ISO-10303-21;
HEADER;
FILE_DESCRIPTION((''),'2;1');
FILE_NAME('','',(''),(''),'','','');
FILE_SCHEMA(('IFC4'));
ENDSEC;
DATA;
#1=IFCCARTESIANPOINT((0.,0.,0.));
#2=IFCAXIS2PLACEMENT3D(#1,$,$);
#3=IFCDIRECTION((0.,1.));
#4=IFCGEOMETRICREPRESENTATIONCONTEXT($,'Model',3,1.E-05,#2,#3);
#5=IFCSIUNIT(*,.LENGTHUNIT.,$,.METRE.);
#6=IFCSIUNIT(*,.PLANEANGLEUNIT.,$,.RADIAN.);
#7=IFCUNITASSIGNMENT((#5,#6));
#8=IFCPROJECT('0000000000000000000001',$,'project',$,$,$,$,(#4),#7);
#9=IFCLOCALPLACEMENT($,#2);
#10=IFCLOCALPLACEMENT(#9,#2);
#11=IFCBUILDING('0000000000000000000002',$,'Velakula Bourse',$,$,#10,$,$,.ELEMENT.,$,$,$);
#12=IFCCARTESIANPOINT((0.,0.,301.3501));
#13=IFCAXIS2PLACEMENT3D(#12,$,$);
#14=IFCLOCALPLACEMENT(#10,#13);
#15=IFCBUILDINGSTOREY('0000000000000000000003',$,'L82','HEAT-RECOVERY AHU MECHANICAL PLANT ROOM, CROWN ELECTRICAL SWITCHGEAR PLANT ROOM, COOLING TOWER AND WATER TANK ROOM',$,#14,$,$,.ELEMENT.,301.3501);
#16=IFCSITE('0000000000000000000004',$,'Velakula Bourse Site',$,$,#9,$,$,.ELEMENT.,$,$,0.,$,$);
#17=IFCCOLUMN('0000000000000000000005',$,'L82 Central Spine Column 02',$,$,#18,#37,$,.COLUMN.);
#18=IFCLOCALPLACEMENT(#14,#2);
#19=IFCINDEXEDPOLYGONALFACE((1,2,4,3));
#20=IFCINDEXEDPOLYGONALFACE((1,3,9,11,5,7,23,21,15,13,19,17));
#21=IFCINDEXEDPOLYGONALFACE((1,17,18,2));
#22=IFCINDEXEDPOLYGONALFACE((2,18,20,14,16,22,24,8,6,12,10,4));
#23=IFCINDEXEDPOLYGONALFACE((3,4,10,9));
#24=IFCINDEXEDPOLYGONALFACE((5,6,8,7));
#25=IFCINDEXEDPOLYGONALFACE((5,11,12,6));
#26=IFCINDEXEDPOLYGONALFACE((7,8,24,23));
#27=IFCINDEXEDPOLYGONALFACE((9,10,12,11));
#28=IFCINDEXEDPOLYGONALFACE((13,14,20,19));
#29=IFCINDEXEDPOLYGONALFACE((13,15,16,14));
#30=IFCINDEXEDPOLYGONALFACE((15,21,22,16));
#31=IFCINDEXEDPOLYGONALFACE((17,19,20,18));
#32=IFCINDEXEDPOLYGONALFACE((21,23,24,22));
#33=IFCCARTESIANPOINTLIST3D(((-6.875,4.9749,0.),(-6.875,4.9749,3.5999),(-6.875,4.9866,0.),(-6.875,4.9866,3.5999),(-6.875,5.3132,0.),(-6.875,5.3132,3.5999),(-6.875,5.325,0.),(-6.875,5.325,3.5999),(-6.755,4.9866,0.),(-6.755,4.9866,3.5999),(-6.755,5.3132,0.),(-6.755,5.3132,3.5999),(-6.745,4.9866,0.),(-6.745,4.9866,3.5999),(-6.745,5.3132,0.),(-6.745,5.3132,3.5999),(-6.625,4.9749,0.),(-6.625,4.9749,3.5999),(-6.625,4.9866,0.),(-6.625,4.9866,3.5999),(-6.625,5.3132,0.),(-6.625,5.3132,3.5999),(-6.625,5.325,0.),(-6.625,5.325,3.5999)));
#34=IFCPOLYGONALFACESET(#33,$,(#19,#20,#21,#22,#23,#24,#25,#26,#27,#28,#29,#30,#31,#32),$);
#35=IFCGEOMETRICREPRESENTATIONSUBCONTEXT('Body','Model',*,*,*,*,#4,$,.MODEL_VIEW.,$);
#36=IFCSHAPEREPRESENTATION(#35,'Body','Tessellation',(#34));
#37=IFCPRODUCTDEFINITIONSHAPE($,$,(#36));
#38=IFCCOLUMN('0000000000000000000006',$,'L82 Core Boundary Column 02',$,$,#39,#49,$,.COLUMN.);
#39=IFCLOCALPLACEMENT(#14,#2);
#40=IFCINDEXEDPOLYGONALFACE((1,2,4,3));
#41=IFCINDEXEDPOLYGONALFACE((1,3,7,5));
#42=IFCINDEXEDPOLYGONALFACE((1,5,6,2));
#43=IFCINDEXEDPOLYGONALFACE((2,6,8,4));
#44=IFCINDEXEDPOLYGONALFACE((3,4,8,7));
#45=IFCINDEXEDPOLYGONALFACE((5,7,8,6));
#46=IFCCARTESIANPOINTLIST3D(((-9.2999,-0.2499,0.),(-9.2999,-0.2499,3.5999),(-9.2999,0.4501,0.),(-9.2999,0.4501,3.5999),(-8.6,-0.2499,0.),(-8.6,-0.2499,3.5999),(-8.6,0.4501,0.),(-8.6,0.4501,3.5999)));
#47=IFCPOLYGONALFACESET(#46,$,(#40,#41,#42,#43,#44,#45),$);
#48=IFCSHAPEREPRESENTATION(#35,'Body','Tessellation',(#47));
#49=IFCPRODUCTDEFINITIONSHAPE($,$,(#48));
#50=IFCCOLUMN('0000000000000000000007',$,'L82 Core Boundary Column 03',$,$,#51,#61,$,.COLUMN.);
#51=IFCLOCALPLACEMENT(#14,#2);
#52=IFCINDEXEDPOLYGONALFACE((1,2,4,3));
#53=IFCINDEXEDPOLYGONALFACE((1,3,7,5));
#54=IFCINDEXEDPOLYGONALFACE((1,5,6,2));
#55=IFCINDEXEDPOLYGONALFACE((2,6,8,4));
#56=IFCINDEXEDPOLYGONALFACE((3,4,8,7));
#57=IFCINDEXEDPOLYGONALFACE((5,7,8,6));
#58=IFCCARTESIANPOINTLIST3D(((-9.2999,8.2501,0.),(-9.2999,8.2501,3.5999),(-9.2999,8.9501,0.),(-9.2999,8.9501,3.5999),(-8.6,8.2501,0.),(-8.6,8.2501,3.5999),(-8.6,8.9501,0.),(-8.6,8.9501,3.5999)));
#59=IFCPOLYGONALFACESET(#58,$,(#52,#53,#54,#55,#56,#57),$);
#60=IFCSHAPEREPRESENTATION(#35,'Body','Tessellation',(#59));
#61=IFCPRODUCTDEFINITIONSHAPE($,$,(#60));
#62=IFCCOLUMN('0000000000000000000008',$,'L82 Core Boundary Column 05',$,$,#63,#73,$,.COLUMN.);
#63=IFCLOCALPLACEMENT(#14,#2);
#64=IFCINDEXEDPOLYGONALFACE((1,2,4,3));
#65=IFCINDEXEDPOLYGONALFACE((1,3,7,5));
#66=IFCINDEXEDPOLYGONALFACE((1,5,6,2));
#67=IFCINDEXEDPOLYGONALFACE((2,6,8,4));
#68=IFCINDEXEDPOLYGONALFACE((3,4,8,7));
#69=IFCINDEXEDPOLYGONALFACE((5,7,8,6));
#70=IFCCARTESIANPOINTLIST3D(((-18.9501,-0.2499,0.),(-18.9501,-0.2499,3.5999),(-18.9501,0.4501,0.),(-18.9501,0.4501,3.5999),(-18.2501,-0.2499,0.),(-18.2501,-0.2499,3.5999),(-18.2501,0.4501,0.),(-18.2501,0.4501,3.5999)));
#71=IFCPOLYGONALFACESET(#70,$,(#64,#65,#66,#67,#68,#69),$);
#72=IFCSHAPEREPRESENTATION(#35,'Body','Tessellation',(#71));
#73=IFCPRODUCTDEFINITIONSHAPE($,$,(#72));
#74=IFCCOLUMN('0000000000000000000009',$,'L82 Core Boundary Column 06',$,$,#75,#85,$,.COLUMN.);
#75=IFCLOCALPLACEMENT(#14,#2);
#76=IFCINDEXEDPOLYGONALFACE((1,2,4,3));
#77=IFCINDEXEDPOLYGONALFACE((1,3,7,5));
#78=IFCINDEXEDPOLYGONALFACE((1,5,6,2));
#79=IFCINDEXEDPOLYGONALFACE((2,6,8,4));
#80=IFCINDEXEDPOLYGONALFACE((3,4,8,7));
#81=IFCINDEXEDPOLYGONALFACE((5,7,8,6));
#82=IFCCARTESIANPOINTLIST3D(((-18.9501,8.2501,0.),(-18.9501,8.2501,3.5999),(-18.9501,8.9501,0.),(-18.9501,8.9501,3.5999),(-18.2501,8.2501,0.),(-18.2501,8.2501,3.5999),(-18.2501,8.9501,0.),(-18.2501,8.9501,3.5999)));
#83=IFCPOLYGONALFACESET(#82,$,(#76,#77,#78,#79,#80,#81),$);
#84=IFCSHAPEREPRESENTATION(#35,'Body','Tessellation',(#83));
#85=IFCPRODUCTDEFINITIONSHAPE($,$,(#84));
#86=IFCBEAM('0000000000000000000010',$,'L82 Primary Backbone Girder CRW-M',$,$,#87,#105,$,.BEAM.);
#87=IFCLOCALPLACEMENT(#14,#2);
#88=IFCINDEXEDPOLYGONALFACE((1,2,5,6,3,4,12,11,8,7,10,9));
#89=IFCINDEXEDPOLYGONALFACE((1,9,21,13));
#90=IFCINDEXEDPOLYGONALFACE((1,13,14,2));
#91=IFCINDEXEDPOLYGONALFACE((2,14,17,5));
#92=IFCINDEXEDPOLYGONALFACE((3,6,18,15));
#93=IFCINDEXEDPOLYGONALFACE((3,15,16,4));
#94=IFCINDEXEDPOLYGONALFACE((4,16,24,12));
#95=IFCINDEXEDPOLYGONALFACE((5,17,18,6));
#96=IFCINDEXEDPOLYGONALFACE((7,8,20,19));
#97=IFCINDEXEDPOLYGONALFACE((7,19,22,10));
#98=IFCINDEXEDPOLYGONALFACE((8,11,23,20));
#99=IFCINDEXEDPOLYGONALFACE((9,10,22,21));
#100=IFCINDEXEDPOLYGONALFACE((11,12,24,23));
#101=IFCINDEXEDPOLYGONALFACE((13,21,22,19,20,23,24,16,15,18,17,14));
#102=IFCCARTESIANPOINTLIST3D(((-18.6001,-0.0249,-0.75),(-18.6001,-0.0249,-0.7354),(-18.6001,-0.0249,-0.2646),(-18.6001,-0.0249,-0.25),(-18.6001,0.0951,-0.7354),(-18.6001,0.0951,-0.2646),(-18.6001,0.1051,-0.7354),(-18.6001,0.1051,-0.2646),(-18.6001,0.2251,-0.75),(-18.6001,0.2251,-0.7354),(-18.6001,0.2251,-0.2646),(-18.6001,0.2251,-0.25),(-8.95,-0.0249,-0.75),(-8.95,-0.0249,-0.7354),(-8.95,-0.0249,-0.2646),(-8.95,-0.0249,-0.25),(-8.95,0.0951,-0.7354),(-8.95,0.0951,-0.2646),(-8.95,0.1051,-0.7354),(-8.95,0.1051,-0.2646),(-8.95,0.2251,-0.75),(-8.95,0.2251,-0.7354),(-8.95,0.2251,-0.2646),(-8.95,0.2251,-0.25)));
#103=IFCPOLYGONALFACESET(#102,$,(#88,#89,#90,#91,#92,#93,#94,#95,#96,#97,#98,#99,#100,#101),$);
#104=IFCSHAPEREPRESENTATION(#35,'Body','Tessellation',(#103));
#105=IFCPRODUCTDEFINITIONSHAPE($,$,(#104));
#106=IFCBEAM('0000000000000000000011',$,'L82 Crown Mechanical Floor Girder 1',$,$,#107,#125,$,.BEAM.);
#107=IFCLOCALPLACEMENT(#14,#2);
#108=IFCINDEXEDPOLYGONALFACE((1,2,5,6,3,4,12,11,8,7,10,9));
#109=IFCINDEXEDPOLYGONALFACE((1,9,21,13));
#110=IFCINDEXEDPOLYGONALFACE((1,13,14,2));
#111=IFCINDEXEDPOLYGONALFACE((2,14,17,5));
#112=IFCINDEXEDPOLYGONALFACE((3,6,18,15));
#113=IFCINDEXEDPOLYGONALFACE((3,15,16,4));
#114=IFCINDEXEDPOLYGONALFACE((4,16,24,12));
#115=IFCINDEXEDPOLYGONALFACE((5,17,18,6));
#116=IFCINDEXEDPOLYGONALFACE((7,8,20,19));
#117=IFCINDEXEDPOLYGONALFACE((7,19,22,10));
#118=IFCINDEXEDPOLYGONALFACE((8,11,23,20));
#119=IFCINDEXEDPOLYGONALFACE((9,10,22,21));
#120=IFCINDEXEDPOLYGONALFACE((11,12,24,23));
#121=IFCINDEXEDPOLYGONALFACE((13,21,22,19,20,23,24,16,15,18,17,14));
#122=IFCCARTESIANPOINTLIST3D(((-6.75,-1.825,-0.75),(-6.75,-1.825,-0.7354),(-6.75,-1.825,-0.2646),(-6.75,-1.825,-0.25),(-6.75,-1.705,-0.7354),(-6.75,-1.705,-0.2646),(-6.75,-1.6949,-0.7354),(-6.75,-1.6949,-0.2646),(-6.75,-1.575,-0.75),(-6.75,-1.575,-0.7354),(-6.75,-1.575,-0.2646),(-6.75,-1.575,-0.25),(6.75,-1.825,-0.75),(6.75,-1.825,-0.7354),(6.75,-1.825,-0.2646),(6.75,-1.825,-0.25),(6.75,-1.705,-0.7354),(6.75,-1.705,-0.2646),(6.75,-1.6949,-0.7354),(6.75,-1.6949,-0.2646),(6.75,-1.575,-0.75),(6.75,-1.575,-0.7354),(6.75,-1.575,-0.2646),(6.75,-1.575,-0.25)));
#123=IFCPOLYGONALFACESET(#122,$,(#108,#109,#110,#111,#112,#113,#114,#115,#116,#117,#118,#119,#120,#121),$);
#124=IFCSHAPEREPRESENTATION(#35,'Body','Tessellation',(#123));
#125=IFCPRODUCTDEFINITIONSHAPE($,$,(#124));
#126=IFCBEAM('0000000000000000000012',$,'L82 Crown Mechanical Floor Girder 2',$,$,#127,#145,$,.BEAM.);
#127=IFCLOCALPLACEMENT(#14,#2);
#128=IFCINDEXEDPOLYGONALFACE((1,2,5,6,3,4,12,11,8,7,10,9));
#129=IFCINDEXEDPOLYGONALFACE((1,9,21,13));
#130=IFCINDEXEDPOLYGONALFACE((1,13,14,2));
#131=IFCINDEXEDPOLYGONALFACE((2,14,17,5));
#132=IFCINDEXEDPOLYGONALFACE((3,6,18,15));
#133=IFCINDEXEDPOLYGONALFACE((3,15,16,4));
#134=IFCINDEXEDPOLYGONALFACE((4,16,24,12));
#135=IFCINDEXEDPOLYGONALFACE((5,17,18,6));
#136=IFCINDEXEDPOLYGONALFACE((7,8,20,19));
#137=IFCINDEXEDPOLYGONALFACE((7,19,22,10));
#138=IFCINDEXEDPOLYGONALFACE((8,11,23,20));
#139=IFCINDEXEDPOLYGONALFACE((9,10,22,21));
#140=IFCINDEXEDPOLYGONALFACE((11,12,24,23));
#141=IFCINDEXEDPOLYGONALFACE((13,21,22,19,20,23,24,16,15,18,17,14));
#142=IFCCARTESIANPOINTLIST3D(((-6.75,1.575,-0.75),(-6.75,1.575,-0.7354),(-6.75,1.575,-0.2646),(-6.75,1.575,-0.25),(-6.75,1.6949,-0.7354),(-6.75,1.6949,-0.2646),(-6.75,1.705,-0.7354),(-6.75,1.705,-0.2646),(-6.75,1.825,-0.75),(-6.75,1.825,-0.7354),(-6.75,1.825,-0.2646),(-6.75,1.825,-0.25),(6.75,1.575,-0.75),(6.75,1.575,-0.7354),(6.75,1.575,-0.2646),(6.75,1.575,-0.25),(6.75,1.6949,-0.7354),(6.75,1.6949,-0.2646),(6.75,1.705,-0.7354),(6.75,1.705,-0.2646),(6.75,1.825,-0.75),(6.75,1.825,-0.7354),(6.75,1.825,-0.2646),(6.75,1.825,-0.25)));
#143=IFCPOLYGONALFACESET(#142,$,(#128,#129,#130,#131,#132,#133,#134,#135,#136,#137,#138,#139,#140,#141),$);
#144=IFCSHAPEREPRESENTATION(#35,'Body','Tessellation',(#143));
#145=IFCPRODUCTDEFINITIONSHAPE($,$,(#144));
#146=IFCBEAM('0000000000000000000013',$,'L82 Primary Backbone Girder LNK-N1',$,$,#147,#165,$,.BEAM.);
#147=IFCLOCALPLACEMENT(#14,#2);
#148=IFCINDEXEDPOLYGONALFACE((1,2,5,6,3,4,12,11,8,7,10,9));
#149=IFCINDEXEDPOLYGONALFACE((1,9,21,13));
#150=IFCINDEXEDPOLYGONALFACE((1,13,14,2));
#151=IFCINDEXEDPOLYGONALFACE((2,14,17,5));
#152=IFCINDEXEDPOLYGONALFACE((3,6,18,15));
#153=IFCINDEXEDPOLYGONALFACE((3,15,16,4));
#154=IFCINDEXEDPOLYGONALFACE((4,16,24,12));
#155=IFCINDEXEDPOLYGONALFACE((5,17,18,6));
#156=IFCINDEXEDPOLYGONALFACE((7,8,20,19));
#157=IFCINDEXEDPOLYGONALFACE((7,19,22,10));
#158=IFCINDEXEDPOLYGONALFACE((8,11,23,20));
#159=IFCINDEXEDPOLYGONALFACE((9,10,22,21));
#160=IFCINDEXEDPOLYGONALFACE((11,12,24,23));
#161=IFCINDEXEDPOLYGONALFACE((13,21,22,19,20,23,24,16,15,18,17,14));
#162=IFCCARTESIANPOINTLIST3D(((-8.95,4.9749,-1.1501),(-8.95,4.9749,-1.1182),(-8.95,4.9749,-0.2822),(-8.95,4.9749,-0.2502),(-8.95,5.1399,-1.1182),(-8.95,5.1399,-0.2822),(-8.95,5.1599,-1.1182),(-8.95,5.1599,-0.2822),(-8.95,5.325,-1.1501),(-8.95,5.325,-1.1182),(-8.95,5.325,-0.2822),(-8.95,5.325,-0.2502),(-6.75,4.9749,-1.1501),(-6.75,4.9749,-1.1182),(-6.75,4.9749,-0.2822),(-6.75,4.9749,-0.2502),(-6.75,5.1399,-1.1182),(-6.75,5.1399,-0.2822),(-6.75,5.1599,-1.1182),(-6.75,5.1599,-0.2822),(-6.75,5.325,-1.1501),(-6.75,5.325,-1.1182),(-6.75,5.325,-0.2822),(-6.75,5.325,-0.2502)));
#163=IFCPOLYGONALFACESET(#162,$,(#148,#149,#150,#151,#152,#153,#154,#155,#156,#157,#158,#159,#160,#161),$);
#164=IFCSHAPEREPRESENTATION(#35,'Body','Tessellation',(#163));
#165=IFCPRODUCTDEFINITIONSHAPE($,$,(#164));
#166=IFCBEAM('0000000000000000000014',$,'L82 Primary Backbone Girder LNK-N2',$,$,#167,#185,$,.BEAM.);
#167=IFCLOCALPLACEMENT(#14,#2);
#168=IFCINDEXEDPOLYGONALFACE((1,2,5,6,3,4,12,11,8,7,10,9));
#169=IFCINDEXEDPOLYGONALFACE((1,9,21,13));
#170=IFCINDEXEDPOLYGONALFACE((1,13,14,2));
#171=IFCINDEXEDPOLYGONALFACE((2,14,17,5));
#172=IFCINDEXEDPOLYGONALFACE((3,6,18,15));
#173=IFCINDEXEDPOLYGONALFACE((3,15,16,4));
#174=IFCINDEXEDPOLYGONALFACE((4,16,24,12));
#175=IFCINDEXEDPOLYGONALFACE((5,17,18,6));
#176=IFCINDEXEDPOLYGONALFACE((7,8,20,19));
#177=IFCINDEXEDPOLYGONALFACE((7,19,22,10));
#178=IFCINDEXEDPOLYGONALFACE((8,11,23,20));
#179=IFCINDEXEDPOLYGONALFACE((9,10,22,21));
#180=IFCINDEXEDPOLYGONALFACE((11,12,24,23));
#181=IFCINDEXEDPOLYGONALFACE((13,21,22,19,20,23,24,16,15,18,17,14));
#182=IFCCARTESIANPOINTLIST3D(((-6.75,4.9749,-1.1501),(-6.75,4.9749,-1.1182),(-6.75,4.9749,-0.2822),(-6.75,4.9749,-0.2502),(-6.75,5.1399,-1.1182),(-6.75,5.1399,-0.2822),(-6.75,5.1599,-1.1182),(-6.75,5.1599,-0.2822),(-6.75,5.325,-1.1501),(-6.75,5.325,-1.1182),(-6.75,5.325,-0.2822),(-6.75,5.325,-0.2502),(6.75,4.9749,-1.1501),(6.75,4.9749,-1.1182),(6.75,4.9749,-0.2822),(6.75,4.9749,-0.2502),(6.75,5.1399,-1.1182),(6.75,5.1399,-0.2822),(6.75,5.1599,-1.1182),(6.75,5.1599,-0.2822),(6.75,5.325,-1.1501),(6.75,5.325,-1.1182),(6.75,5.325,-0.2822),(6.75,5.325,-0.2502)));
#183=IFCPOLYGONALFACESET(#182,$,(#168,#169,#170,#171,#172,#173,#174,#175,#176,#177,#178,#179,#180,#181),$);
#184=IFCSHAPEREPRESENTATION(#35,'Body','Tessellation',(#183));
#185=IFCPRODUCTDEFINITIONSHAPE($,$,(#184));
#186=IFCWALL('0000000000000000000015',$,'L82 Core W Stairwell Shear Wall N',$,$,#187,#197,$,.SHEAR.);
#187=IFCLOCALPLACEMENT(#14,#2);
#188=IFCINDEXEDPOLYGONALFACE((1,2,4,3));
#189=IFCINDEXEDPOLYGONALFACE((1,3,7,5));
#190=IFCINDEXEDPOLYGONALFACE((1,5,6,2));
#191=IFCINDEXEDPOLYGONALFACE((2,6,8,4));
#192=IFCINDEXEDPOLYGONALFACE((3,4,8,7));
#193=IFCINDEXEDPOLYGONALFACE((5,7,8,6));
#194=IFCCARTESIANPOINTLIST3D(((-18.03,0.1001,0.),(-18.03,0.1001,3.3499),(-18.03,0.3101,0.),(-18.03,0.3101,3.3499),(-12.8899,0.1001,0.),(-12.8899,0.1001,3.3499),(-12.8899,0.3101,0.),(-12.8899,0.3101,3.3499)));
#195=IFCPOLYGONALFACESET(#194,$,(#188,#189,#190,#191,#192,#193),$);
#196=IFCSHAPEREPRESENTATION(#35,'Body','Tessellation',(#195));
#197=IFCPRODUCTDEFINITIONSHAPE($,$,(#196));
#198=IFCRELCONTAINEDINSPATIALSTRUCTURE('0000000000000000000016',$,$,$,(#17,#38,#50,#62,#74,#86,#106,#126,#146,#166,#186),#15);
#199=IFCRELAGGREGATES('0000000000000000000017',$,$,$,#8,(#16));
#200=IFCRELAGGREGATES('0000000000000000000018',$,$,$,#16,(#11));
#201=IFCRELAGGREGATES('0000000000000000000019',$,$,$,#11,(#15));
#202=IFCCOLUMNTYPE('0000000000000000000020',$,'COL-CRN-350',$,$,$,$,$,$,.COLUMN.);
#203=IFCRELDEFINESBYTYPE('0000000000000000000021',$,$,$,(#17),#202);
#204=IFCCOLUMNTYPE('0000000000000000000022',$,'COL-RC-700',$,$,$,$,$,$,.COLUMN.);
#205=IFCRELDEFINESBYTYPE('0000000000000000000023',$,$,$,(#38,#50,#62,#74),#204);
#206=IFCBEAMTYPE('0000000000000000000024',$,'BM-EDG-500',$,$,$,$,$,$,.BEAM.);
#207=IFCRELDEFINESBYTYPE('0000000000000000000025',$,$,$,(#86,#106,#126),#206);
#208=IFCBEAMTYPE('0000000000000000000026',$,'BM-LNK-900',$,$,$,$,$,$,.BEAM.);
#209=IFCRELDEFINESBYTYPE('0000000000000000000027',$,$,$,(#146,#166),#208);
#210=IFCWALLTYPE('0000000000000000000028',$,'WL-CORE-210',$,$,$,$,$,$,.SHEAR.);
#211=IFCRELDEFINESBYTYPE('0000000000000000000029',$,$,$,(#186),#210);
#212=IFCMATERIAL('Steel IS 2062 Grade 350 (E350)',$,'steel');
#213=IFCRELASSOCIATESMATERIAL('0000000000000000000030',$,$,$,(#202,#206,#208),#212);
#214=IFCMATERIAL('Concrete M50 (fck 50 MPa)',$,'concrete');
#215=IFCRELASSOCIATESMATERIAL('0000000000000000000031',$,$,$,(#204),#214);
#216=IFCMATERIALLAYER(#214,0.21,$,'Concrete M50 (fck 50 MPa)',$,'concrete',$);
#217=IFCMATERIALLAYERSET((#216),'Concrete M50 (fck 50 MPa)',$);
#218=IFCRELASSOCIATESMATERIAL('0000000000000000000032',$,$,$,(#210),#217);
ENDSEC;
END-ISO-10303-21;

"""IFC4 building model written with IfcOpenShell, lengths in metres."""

from ifc_helpers import new_model, si_unit, direction, frame, frame_2d, origin, origin_2d, place, context, subcontext, project, spatial, rectangle, i_section, extrude, material, layer, layer_set, material_profile, profile_set, type_object, element, save


model = new_model("IFC4")

# Units and contexts
model_context = context("Model", 3, precision=1e-05, world=origin(), true_north=direction((0.0, 1.0)))
body_context = subcontext(model_context, "Body", "Model", "MODEL_VIEW")
ifc_project = project(units=[si_unit("LENGTHUNIT", "METRE"), si_unit("PLANEANGLEUNIT", "RADIAN")], contexts=[model_context])

# Site, building, storey
site_placement = place(None, origin())
site = spatial("IfcSite", under=ifc_project, at=site_placement, Name="Velakula Bourse Site", CompositionType="ELEMENT", RefElevation=0.0)
building_placement = place(site_placement, origin())
building = spatial("IfcBuilding", under=site, at=building_placement, Name="Velakula Bourse", CompositionType="ELEMENT")
storey_placement = place(building_placement, frame((0.0, 0.0, 301.3501)))
storey = spatial("IfcBuildingStorey", under=building, at=storey_placement, Name="L82", Description="HEAT-RECOVERY AHU MECHANICAL PLANT ROOM, CROWN ELECTRICAL SWITCHGEAR PLANT ROOM, COOLING TOWER AND WATER TANK ROOM", CompositionType="ELEMENT", Elevation=301.3501)

# Columns
ifc_material_1 = material(Name="Steel IS 2062 Grade 350 (E350)", Category="steel")
ifc_material_profile_1 = material_profile(ifc_material_1, i_section(OverallWidth=0.25, OverallDepth=0.3501, WebThickness=0.01, FlangeThickness=0.0117, at=origin_2d()), Name="Steel IS 2062 Grade 350 (E350)")
ifc_profile_set_1 = profile_set([ifc_material_profile_1], Name="Steel IS 2062 Grade 350 (E350)")
column_type_1 = type_object("IfcColumnType", Name="COL-CRN-350", PredefinedType="COLUMN", material=ifc_profile_set_1)
column_placement = place(storey_placement, frame((-6.75, 5.1499, 0.0), z_axis=(0.0, 0.0, 1.0), x_axis=(1.0, 0.0, 0.0)))
element("IfcColumn", 1, at=column_placement, inside=storey, type_object=column_type_1, Name="L82 Central Spine Column 02", PredefinedType="COLUMN", context=body_context, shape_type="SweptSolid", body=[
    extrude(i_section(OverallWidth=0.25, OverallDepth=0.3501, WebThickness=0.01, FlangeThickness=0.0117, at=origin_2d()), origin(), (0.0, 0.0, 1.0), 3.5999),
])
ifc_material_2 = material(Name="Concrete M50 (fck 50 MPa)", Category="concrete")
ifc_material_profile_2 = material_profile(ifc_material_2, rectangle(XDim=0.7, YDim=0.7, at=origin_2d()), Name="Concrete M50 (fck 50 MPa)")
ifc_profile_set_2 = profile_set([ifc_material_profile_2], Name="Concrete M50 (fck 50 MPa)")
column_type_2 = type_object("IfcColumnType", Name="COL-RC-700", PredefinedType="COLUMN", material=ifc_profile_set_2)
for number, where, z_axis, x_axis, name in (
    (2, (-8.95, 0.1001, 0.0), (0.0, 0.0, 1.0), (1.0, 0.0, 0.0), "L82 Core Boundary Column 02"),
    (3, (-8.95, 8.6001, 0.0), (0.0, 0.0, 1.0), (1.0, 0.0, 0.0), "L82 Core Boundary Column 03"),
    (4, (-18.6001, 0.1001, 0.0), (0.0, 0.0, 1.0), (1.0, 0.0, 0.0), "L82 Core Boundary Column 05"),
    (5, (-18.6001, 8.6001, 0.0), (0.0, 0.0, 1.0), (1.0, 0.0, 0.0), "L82 Core Boundary Column 06"),
):
    element("IfcColumn", number, at=place(storey_placement, frame(where, z_axis=z_axis, x_axis=x_axis)), inside=storey, type_object=column_type_2, Name=name, PredefinedType="COLUMN", context=body_context, shape_type="SweptSolid", body=[
        extrude(rectangle(XDim=0.7, YDim=0.7, at=origin_2d()), origin(), (0.0, 0.0, 1.0), 3.5999),
    ])

# Beams
ifc_material_profile_3 = material_profile(ifc_material_1, i_section(OverallWidth=0.25, OverallDepth=0.5, WebThickness=0.01, FlangeThickness=0.0146, at=origin_2d()), Name="Steel IS 2062 Grade 350 (E350)")
ifc_profile_set_3 = profile_set([ifc_material_profile_3], Name="Steel IS 2062 Grade 350 (E350)")
beam_type_1 = type_object("IfcBeamType", Name="BM-EDG-500", PredefinedType="BEAM", material=ifc_profile_set_3)
beam_1_placement = place(storey_placement, frame((-18.6001, 0.1001, -0.5), z_axis=(1.0, 0.0, 0.0), x_axis=(0.0, 1.0, 0.0)))
element("IfcBeam", 6, at=beam_1_placement, inside=storey, type_object=beam_type_1, Name="L82 Primary Backbone Girder CRW-M", PredefinedType="BEAM", context=body_context, shape_type="SweptSolid", body=[
    extrude(i_section(OverallWidth=0.25, OverallDepth=0.5, WebThickness=0.01, FlangeThickness=0.0146, at=origin_2d()), origin(), (0.0, 0.0, 1.0), 9.6501),
])
for number, where, z_axis, x_axis, name in (
    (7, (-6.75, -1.7, -0.5), (1.0, 0.0, 0.0), (0.0, 1.0, 0.0), "L82 Crown Mechanical Floor Girder 1"),
    (8, (-6.75, 1.7, -0.5), (1.0, 0.0, 0.0), (0.0, 1.0, 0.0), "L82 Crown Mechanical Floor Girder 2"),
):
    element("IfcBeam", number, at=place(storey_placement, frame(where, z_axis=z_axis, x_axis=x_axis)), inside=storey, type_object=beam_type_1, Name=name, PredefinedType="BEAM", context=body_context, shape_type="SweptSolid", body=[
        extrude(i_section(OverallWidth=0.25, OverallDepth=0.5, WebThickness=0.01, FlangeThickness=0.0146, at=origin_2d()), origin(), (0.0, 0.0, 1.0), 13.5),
    ])
ifc_material_profile_4 = material_profile(ifc_material_1, i_section(OverallWidth=0.3501, OverallDepth=0.8999, WebThickness=0.02, FlangeThickness=0.032, at=origin_2d()), Name="Steel IS 2062 Grade 350 (E350)")
ifc_profile_set_4 = profile_set([ifc_material_profile_4], Name="Steel IS 2062 Grade 350 (E350)")
beam_type_2 = type_object("IfcBeamType", Name="BM-LNK-900", PredefinedType="BEAM", material=ifc_profile_set_4)
beam_2_placement = place(storey_placement, frame((-8.95, 5.1499, -0.7002), z_axis=(1.0, 0.0, 0.0), x_axis=(0.0, 1.0, 0.0)))
element("IfcBeam", 9, at=beam_2_placement, inside=storey, type_object=beam_type_2, Name="L82 Primary Backbone Girder LNK-N1", PredefinedType="BEAM", context=body_context, shape_type="SweptSolid", body=[
    extrude(i_section(OverallWidth=0.3501, OverallDepth=0.8999, WebThickness=0.02, FlangeThickness=0.032, at=origin_2d()), origin(), (0.0, 0.0, 1.0), 2.2),
])
beam_3_placement = place(storey_placement, frame((-6.75, 5.1499, -0.7002), z_axis=(1.0, 0.0, 0.0), x_axis=(0.0, 1.0, 0.0)))
element("IfcBeam", 10, at=beam_3_placement, inside=storey, type_object=beam_type_2, Name="L82 Primary Backbone Girder LNK-N2", PredefinedType="BEAM", context=body_context, shape_type="SweptSolid", body=[
    extrude(i_section(OverallWidth=0.3501, OverallDepth=0.8999, WebThickness=0.02, FlangeThickness=0.032, at=origin_2d()), origin(), (0.0, 0.0, 1.0), 13.5),
])

# Wall
ifc_layer_1 = layer(ifc_material_2, 0.21, Name="Concrete M50 (fck 50 MPa)", Category="concrete")
ifc_layer_set_1 = layer_set([ifc_layer_1], Name="Concrete M50 (fck 50 MPa)")
wall_type_1 = type_object("IfcWallType", Name="WL-CORE-210", PredefinedType="SHEAR", material=ifc_layer_set_1)
wall_1_placement = place(storey_placement, frame((-12.8899, 0.2051, 0.0), z_axis=(0.0, 0.0, 1.0), x_axis=(-1.0, 0.0, 0.0)))
element("IfcWall", 11, at=wall_1_placement, inside=storey, type_object=wall_type_1, Name="L82 Core W Stairwell Shear Wall N", PredefinedType="SHEAR", context=body_context, shape_type="SweptSolid", body=[
    extrude(rectangle(XDim=5.1401, YDim=0.21, at=frame_2d((2.5701, 0.0))), origin(), (0.0, 0.0, 1.0), 3.3499),
])

save(model, "model.ifc")
